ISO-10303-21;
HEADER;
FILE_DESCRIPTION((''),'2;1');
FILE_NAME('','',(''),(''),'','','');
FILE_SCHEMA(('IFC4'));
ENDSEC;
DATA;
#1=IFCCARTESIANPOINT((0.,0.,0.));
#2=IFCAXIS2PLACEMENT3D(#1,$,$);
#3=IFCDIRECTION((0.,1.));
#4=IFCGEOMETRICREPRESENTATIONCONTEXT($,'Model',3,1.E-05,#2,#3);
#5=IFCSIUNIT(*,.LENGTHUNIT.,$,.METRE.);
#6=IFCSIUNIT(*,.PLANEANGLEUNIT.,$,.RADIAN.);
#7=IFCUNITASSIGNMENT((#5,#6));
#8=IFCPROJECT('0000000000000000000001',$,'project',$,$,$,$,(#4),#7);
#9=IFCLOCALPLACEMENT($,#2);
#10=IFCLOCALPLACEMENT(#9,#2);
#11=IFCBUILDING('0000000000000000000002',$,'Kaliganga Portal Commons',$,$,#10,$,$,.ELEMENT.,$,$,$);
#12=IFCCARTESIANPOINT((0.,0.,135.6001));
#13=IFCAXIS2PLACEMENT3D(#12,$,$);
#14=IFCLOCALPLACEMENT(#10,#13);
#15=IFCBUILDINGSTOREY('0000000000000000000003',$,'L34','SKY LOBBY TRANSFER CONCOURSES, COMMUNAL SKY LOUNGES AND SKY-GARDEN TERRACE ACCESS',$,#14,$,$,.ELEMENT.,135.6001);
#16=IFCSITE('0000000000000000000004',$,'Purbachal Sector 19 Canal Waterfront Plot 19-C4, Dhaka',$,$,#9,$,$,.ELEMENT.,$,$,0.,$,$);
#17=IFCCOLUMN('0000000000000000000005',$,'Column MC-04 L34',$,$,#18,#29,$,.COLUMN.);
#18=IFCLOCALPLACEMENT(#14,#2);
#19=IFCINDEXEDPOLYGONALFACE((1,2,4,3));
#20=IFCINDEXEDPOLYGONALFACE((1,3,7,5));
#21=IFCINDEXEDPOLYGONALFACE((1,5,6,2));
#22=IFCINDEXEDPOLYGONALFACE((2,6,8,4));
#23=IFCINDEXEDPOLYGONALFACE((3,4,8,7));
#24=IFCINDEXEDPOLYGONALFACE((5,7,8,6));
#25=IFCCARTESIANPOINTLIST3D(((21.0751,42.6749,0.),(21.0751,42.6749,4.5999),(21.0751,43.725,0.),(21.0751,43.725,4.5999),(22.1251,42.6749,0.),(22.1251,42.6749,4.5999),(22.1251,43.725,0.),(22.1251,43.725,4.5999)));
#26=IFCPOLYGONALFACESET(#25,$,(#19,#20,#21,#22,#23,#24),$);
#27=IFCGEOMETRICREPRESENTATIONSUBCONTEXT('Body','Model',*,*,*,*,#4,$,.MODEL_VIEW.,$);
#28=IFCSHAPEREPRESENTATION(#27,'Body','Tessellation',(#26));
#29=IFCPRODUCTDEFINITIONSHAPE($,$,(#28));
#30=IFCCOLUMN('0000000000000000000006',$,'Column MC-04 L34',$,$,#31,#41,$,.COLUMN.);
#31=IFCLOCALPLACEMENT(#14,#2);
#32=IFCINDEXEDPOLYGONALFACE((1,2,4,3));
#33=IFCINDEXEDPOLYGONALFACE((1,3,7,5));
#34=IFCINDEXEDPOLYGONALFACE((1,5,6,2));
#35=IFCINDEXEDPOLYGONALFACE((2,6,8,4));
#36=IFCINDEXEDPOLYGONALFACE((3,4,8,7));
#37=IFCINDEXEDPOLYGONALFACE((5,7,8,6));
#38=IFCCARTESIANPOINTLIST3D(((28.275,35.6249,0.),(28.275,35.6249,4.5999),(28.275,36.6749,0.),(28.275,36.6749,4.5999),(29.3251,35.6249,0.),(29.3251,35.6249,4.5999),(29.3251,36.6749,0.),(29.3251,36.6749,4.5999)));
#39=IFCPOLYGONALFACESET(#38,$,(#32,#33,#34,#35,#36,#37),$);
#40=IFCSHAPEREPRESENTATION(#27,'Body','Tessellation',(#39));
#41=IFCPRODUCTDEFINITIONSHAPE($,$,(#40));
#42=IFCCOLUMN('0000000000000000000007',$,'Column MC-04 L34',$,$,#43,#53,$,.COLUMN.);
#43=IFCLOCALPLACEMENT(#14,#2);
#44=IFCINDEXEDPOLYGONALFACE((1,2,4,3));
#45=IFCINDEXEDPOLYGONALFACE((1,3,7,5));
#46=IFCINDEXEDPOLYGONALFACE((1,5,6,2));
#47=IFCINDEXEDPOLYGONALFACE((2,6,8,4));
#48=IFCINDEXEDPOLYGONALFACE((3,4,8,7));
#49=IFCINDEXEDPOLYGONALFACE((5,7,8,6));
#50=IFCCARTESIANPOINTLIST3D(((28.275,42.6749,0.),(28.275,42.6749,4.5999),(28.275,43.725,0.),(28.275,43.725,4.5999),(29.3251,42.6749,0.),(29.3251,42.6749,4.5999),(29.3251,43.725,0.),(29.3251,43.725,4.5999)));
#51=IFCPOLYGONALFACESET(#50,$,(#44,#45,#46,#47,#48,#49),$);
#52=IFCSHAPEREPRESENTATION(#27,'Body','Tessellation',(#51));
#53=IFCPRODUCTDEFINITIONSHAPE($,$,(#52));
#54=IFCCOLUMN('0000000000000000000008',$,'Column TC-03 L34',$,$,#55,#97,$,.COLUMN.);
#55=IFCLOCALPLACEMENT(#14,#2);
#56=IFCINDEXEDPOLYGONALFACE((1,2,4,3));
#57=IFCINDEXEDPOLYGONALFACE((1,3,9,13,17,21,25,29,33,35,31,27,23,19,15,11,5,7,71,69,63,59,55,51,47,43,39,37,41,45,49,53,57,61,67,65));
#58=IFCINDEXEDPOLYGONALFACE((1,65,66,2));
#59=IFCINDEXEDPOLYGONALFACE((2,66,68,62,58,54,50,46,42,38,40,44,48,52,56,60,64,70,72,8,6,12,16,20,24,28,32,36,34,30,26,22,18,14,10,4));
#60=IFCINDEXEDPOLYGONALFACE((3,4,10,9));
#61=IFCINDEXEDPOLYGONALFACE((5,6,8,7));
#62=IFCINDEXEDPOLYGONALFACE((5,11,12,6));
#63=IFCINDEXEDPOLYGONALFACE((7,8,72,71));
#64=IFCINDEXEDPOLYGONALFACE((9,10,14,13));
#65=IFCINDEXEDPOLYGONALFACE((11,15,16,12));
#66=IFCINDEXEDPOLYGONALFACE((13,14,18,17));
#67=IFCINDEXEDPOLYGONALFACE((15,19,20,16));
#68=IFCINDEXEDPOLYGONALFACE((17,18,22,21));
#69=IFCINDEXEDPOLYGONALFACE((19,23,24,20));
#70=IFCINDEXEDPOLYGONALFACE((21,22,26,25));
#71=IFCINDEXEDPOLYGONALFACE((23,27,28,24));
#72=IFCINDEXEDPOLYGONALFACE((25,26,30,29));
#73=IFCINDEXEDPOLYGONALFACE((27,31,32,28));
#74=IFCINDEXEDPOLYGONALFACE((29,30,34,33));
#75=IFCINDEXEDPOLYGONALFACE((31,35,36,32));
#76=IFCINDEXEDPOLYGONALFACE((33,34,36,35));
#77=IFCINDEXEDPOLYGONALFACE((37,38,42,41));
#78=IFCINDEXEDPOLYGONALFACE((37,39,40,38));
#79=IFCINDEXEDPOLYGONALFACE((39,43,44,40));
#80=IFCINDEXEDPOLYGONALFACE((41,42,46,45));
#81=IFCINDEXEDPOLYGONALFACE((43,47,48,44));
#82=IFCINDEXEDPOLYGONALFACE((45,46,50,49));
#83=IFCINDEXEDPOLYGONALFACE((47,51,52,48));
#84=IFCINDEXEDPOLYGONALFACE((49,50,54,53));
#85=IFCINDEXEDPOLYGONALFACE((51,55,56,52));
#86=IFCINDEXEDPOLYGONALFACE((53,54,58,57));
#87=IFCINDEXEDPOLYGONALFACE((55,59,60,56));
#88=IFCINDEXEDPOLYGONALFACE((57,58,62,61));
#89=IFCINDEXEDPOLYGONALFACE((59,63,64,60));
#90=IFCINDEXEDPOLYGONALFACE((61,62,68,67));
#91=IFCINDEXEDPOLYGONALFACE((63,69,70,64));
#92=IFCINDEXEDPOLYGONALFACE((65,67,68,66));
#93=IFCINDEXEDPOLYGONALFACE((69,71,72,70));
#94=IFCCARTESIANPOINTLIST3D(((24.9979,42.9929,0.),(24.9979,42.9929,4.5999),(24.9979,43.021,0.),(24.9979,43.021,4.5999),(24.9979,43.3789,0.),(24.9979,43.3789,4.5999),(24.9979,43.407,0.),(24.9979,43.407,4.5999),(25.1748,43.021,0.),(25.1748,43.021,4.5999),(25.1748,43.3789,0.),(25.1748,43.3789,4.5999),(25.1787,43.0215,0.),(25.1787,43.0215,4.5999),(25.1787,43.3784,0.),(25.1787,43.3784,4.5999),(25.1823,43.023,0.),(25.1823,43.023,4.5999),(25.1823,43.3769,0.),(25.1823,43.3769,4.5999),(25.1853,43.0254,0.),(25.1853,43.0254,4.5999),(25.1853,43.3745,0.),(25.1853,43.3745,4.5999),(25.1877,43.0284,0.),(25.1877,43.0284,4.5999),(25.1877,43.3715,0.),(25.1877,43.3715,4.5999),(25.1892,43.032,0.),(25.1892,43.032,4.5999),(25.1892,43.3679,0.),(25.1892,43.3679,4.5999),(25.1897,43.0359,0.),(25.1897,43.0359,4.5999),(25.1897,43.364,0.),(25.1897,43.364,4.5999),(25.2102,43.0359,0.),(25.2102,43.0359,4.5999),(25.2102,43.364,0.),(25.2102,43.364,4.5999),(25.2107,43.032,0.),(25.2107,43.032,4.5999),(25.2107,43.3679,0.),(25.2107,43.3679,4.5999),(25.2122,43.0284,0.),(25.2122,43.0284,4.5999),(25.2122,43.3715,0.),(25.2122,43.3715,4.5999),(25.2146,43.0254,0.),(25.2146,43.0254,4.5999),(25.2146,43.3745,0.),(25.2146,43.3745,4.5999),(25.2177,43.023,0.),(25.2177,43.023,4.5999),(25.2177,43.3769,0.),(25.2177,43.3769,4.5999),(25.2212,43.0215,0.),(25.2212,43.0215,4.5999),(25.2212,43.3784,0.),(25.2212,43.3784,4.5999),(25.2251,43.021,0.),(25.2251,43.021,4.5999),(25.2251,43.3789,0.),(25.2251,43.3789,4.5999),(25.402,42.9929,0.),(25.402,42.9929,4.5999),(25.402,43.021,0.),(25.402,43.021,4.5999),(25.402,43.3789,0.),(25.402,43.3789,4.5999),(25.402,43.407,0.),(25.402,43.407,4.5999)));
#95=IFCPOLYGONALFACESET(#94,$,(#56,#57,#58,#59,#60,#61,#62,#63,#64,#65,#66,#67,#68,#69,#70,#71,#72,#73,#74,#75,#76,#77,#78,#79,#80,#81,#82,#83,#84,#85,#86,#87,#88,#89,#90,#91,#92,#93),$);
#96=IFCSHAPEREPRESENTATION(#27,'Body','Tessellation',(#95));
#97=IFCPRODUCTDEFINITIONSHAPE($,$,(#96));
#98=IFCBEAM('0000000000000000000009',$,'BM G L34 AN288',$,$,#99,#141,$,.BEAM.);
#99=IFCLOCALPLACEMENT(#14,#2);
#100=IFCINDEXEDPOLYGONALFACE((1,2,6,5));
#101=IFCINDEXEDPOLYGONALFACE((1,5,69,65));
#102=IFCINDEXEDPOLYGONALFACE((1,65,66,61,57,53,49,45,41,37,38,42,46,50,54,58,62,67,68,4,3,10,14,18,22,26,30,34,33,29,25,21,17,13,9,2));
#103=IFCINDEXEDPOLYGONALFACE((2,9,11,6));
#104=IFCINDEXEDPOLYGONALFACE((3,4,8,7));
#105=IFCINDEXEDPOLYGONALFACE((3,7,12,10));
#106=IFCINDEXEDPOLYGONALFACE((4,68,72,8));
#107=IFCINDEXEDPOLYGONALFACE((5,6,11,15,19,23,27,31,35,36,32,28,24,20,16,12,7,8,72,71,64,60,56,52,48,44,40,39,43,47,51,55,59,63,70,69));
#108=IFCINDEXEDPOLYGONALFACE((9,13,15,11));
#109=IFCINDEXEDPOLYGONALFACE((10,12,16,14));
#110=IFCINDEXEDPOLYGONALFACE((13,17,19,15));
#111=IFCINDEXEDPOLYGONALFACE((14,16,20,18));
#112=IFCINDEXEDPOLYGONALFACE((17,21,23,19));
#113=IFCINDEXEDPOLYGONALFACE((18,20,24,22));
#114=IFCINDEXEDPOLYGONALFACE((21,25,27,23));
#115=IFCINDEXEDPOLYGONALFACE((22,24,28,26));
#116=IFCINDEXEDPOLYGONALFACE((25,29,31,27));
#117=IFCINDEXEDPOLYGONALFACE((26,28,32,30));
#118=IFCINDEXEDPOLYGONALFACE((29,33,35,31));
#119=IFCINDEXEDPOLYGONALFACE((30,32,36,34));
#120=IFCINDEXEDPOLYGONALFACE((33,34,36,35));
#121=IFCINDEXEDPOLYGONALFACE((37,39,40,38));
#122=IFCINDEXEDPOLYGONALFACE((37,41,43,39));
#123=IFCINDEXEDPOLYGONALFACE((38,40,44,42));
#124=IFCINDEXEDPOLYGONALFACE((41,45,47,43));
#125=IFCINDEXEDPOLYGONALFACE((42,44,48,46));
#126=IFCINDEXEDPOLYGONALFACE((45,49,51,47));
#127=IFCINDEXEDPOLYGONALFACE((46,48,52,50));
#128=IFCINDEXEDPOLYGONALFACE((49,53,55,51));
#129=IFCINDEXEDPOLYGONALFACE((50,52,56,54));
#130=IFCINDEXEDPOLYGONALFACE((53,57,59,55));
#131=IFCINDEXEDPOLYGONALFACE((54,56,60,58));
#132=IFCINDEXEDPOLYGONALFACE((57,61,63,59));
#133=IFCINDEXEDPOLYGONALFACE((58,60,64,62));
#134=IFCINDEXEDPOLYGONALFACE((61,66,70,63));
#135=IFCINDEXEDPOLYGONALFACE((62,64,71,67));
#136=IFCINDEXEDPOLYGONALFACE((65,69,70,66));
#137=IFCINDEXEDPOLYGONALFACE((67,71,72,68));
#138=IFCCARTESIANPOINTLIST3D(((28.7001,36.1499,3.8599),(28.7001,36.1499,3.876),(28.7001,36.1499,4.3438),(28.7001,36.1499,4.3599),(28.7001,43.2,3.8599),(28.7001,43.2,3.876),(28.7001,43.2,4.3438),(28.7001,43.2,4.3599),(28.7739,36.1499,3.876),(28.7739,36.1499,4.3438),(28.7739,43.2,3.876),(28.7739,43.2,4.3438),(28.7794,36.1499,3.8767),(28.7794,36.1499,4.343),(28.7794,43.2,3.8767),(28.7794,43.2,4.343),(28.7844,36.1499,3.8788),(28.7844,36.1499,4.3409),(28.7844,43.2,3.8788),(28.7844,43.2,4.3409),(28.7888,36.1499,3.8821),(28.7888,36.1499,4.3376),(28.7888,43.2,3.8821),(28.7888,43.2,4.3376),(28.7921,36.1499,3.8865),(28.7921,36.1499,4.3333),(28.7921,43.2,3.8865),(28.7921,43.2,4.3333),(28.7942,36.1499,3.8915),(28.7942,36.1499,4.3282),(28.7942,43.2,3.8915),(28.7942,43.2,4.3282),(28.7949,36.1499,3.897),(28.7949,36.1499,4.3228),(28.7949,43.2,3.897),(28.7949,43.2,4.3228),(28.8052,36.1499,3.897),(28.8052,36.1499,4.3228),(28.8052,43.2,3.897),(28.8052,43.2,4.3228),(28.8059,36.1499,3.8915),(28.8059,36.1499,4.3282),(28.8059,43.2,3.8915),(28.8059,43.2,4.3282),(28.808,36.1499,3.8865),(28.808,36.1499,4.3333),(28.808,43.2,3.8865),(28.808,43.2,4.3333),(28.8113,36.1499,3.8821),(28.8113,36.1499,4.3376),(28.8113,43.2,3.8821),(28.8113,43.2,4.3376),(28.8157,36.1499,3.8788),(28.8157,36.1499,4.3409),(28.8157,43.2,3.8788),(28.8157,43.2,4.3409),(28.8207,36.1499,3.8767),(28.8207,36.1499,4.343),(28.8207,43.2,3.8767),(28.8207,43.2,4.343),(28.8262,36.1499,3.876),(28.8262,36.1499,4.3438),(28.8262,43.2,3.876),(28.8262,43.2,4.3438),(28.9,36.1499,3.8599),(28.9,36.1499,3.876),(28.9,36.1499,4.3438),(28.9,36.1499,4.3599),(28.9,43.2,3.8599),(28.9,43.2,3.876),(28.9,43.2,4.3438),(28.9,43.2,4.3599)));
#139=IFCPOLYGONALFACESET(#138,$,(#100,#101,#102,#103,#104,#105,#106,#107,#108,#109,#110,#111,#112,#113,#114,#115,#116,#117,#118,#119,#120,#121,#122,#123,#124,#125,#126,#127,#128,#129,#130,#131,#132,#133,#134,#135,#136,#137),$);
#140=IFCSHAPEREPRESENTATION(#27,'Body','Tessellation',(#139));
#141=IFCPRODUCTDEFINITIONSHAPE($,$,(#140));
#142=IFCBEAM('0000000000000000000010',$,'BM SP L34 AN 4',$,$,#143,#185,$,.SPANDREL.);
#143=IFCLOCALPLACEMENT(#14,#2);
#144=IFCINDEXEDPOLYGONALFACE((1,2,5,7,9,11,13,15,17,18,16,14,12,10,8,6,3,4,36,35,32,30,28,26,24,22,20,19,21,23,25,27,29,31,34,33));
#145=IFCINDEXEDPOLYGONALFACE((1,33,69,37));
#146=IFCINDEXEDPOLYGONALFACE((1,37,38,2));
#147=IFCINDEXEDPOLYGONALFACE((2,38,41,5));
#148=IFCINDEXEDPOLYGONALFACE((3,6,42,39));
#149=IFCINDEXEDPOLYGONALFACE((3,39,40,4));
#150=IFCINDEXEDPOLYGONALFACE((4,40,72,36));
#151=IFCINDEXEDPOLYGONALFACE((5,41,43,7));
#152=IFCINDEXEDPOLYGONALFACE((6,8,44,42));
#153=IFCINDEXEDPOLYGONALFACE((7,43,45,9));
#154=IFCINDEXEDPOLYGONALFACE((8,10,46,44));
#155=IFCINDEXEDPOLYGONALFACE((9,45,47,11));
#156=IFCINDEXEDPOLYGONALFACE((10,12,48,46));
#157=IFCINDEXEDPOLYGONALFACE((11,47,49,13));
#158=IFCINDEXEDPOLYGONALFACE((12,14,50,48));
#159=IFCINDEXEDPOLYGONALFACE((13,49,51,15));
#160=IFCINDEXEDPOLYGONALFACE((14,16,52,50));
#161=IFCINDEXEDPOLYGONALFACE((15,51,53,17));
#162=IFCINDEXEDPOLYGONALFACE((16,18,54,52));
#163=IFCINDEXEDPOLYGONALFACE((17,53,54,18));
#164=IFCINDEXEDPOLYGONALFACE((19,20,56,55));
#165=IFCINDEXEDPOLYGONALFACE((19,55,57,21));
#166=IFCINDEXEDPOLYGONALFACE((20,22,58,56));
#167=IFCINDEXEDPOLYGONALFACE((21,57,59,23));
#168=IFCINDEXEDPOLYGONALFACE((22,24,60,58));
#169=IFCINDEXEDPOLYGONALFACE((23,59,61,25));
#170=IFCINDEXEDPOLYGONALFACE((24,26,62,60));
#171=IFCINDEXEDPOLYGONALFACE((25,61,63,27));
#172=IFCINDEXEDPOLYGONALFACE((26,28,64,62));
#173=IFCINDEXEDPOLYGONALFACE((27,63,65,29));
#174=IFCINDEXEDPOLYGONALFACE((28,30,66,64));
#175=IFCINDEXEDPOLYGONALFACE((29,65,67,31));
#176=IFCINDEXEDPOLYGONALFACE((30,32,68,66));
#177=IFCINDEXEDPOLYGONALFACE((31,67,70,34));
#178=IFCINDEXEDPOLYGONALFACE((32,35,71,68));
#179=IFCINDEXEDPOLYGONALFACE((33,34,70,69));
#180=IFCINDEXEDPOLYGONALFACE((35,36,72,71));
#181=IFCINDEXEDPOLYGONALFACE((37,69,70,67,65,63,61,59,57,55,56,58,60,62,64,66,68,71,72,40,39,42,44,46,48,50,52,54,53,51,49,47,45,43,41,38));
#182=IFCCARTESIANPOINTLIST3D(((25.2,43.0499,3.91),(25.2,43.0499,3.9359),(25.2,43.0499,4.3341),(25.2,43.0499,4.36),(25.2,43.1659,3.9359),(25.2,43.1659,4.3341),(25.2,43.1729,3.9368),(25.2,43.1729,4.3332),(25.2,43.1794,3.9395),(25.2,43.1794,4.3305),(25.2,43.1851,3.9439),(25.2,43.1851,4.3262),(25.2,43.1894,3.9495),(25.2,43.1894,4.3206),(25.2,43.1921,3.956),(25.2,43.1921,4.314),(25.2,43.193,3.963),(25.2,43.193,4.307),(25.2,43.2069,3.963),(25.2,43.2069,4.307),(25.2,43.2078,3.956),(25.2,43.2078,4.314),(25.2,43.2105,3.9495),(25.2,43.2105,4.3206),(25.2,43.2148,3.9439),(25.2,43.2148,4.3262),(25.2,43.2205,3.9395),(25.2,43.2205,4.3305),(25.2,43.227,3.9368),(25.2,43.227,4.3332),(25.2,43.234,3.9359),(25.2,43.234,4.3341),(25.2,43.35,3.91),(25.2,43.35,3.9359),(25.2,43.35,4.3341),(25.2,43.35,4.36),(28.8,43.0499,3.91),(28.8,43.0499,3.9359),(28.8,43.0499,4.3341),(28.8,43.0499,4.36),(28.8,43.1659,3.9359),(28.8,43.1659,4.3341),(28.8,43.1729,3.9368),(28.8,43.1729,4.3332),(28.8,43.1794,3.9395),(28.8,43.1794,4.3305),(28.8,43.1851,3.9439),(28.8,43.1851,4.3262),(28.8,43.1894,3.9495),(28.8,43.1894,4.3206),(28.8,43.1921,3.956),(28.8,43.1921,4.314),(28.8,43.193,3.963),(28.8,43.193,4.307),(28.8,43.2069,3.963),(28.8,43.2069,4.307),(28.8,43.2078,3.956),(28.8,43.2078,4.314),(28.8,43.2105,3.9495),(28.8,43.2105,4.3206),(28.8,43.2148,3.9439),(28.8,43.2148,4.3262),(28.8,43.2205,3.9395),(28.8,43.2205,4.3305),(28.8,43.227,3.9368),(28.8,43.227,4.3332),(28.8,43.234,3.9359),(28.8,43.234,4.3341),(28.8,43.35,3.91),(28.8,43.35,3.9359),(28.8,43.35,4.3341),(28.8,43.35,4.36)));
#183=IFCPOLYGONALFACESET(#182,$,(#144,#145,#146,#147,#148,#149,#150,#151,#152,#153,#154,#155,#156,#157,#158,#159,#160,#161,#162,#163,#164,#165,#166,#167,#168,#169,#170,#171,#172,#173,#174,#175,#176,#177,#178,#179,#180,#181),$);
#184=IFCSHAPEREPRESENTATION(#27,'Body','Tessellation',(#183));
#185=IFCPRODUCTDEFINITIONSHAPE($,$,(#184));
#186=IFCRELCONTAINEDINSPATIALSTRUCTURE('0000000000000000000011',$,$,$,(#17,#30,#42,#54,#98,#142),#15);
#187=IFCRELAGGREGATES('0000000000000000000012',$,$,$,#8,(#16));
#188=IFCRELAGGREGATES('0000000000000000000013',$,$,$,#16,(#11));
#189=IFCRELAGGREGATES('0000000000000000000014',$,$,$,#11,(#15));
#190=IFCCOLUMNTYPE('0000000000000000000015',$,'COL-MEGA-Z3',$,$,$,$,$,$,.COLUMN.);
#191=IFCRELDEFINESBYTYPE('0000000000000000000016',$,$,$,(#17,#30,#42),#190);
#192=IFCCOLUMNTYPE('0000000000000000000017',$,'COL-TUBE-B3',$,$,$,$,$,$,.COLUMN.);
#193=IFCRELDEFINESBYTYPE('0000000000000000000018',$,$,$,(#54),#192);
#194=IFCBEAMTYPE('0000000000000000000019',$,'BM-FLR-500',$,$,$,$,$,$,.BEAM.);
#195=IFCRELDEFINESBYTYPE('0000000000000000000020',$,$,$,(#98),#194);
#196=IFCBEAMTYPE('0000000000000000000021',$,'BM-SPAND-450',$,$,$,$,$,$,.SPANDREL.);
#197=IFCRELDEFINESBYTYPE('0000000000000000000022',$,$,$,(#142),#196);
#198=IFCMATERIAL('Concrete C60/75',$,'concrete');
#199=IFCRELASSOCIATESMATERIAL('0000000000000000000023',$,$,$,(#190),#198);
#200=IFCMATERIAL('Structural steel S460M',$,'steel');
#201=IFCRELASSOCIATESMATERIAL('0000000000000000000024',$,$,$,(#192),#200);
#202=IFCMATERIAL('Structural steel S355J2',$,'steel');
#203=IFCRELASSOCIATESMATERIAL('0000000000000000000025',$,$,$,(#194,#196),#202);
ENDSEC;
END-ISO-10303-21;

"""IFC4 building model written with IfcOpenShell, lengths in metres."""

from ifc_helpers import new_model, si_unit, direction, frame, origin, origin_2d, place, context, subcontext, project, spatial, rectangle, i_section, extrude, source, transform, mapped, material, material_profile, profile_set, type_object, element, save


model = new_model("IFC4")

# Units and contexts
model_context = context("Model", 3, precision=1e-05, world=origin(), true_north=direction((0.0, 1.0)))
body_context = subcontext(model_context, "Body", "Model", "MODEL_VIEW")
ifc_project = project(units=[si_unit("LENGTHUNIT", "METRE"), si_unit("PLANEANGLEUNIT", "RADIAN")], contexts=[model_context])

# Site, building, storey
site_placement = place(None, origin())
site = spatial("IfcSite", under=ifc_project, at=site_placement, Name="Purbachal Sector 19 Canal Waterfront Plot 19-C4, Dhaka", CompositionType="ELEMENT", RefElevation=0.0)
building_placement = place(site_placement, origin())
building = spatial("IfcBuilding", under=site, at=building_placement, Name="Kaliganga Portal Commons", CompositionType="ELEMENT")
storey_placement = place(building_placement, frame((0.0, 0.0, 135.6001)))
storey = spatial("IfcBuildingStorey", under=building, at=storey_placement, Name="L34", Description="SKY LOBBY TRANSFER CONCOURSES, COMMUNAL SKY LOUNGES AND SKY-GARDEN TERRACE ACCESS", CompositionType="ELEMENT", Elevation=135.6001)

# Columns
ifc_material_1 = material(Name="Concrete C60/75", Category="concrete")
ifc_material_profile_1 = material_profile(ifc_material_1, rectangle(XDim=1.05, YDim=1.05, at=origin_2d()), Name="RC 1050x1050")
ifc_profile_set_1 = profile_set([ifc_material_profile_1], Name="Concrete C60/75")
column_type_1 = type_object("IfcColumnType", Name="COL-MEGA-Z3", PredefinedType="COLUMN", material=ifc_profile_set_1)
shared_shape_1 = source(origin(), body_context, "Body", "SweptSolid", [
    extrude(rectangle(XDim=1.05, YDim=1.05, at=origin_2d()), origin(), (0.0, 0.0, 1.0), 4.5999),
])
for number, where, z_axis, x_axis, name in (
    (1, (21.6001, 43.2, 0.0), (0.0, 0.0, 1.0), (1.0, 0.0, 0.0), "Column MC-04 L34"),
    (2, (28.8, 36.1499, 0.0), (0.0, 0.0, 1.0), (1.0, 0.0, 0.0), "Column MC-04 L34"),
    (3, (28.8, 43.2, 0.0), (0.0, 0.0, 1.0), (1.0, 0.0, 0.0), "Column MC-04 L34"),
):
    element("IfcColumn", number, at=place(storey_placement, frame(where, z_axis=z_axis, x_axis=x_axis)), inside=storey, type_object=column_type_1, Name=name, PredefinedType="COLUMN", context=body_context, shape_type="MappedRepresentation", body=[
        mapped(shared_shape_1, transform((0.0, 0.0, 0.0), x_axis=(1.0, 0.0, 0.0), y_axis=(0.0, 1.0, 0.0), z_axis=(0.0, 0.0, 1.0), scale=1.0)),
    ])
ifc_material_2 = material(Name="Structural steel S460M", Category="steel")
ifc_material_profile_2 = material_profile(ifc_material_2, i_section(OverallWidth=0.4041, OverallDepth=0.4141, WebThickness=0.0205, FlangeThickness=0.0281, FilletRadius=0.0149, at=origin_2d()), Name="HD 400x347")
ifc_profile_set_2 = profile_set([ifc_material_profile_2], Name="Structural steel S460M wide-flange")
column_type_2 = type_object("IfcColumnType", Name="COL-TUBE-B3", PredefinedType="COLUMN", material=ifc_profile_set_2)
shared_shape_2 = source(origin(), body_context, "Body", "SweptSolid", [
    extrude(i_section(OverallWidth=0.4041, OverallDepth=0.4141, WebThickness=0.0205, FlangeThickness=0.0281, FilletRadius=0.0149, at=origin_2d()), origin(), (0.0, 0.0, 1.0), 4.5999),
])
column_placement = place(storey_placement, frame((25.2, 43.2, 0.0), z_axis=(0.0, 0.0, 1.0), x_axis=(1.0, 0.0, 0.0)))
element("IfcColumn", 4, at=column_placement, inside=storey, type_object=column_type_2, Name="Column TC-03 L34", PredefinedType="COLUMN", context=body_context, shape_type="MappedRepresentation", body=[
    mapped(shared_shape_2, transform((0.0, 0.0, 0.0), x_axis=(1.0, 0.0, 0.0), y_axis=(0.0, 1.0, 0.0), z_axis=(0.0, 0.0, 1.0), scale=1.0)),
])

# Beams
ifc_material_3 = material(Name="Structural steel S355J2", Category="steel")
ifc_material_profile_3 = material_profile(ifc_material_3, i_section(OverallWidth=0.2, OverallDepth=0.5, WebThickness=0.0103, FlangeThickness=0.0161, FilletRadius=0.021, at=origin_2d()), Name="IPE 500")
ifc_profile_set_3 = profile_set([ifc_material_profile_3], Name="Structural steel S355J2 wide-flange")
beam_type_1 = type_object("IfcBeamType", Name="BM-FLR-500", PredefinedType="BEAM", material=ifc_profile_set_3)
shared_shape_3 = source(origin(), body_context, "Body", "SweptSolid", [
    extrude(i_section(OverallWidth=0.2, OverallDepth=0.5, WebThickness=0.0103, FlangeThickness=0.0161, FilletRadius=0.021, at=origin_2d()), origin(), (0.0, 0.0, 1.0), 7.05),
])
beam_1_placement = place(storey_placement, frame((28.8, 36.1499, 4.1099), z_axis=(0.0, 1.0, 0.0), x_axis=(-1.0, 0.0, 0.0)))
element("IfcBeam", 5, at=beam_1_placement, inside=storey, type_object=beam_type_1, Name="BM G L34 AN288", PredefinedType="BEAM", context=body_context, shape_type="MappedRepresentation", body=[
    mapped(shared_shape_3, transform((0.0, 0.0, 0.0), x_axis=(1.0, 0.0, 0.0), y_axis=(0.0, 1.0, 0.0), z_axis=(0.0, 0.0, 1.0), scale=1.0)),
])
ifc_material_profile_4 = material_profile(ifc_material_3, i_section(OverallWidth=0.3, OverallDepth=0.45, WebThickness=0.0139, FlangeThickness=0.0259, FilletRadius=0.0271, at=origin_2d()), Name="HE 450 B")
ifc_profile_set_4 = profile_set([ifc_material_profile_4], Name="Structural steel S355J2 wide-flange")
beam_type_2 = type_object("IfcBeamType", Name="BM-SPAND-450", PredefinedType="SPANDREL", material=ifc_profile_set_4)
shared_shape_4 = source(origin(), body_context, "Body", "SweptSolid", [
    extrude(i_section(OverallWidth=0.3, OverallDepth=0.45, WebThickness=0.0139, FlangeThickness=0.0259, FilletRadius=0.0271, at=origin_2d()), origin(), (0.0, 0.0, 1.0), 3.6001),
])
beam_2_placement = place(storey_placement, frame((25.2, 43.2, 4.135), z_axis=(1.0, 0.0, 0.0), x_axis=(0.0, 1.0, 0.0)))
element("IfcBeam", 6, at=beam_2_placement, inside=storey, type_object=beam_type_2, Name="BM SP L34 AN 4", PredefinedType="SPANDREL", context=body_context, shape_type="MappedRepresentation", body=[
    mapped(shared_shape_4, transform((0.0, 0.0, 0.0), x_axis=(1.0, 0.0, 0.0), y_axis=(0.0, 1.0, 0.0), z_axis=(0.0, 0.0, 1.0), scale=1.0)),
])

save(model, "model.ifc")
